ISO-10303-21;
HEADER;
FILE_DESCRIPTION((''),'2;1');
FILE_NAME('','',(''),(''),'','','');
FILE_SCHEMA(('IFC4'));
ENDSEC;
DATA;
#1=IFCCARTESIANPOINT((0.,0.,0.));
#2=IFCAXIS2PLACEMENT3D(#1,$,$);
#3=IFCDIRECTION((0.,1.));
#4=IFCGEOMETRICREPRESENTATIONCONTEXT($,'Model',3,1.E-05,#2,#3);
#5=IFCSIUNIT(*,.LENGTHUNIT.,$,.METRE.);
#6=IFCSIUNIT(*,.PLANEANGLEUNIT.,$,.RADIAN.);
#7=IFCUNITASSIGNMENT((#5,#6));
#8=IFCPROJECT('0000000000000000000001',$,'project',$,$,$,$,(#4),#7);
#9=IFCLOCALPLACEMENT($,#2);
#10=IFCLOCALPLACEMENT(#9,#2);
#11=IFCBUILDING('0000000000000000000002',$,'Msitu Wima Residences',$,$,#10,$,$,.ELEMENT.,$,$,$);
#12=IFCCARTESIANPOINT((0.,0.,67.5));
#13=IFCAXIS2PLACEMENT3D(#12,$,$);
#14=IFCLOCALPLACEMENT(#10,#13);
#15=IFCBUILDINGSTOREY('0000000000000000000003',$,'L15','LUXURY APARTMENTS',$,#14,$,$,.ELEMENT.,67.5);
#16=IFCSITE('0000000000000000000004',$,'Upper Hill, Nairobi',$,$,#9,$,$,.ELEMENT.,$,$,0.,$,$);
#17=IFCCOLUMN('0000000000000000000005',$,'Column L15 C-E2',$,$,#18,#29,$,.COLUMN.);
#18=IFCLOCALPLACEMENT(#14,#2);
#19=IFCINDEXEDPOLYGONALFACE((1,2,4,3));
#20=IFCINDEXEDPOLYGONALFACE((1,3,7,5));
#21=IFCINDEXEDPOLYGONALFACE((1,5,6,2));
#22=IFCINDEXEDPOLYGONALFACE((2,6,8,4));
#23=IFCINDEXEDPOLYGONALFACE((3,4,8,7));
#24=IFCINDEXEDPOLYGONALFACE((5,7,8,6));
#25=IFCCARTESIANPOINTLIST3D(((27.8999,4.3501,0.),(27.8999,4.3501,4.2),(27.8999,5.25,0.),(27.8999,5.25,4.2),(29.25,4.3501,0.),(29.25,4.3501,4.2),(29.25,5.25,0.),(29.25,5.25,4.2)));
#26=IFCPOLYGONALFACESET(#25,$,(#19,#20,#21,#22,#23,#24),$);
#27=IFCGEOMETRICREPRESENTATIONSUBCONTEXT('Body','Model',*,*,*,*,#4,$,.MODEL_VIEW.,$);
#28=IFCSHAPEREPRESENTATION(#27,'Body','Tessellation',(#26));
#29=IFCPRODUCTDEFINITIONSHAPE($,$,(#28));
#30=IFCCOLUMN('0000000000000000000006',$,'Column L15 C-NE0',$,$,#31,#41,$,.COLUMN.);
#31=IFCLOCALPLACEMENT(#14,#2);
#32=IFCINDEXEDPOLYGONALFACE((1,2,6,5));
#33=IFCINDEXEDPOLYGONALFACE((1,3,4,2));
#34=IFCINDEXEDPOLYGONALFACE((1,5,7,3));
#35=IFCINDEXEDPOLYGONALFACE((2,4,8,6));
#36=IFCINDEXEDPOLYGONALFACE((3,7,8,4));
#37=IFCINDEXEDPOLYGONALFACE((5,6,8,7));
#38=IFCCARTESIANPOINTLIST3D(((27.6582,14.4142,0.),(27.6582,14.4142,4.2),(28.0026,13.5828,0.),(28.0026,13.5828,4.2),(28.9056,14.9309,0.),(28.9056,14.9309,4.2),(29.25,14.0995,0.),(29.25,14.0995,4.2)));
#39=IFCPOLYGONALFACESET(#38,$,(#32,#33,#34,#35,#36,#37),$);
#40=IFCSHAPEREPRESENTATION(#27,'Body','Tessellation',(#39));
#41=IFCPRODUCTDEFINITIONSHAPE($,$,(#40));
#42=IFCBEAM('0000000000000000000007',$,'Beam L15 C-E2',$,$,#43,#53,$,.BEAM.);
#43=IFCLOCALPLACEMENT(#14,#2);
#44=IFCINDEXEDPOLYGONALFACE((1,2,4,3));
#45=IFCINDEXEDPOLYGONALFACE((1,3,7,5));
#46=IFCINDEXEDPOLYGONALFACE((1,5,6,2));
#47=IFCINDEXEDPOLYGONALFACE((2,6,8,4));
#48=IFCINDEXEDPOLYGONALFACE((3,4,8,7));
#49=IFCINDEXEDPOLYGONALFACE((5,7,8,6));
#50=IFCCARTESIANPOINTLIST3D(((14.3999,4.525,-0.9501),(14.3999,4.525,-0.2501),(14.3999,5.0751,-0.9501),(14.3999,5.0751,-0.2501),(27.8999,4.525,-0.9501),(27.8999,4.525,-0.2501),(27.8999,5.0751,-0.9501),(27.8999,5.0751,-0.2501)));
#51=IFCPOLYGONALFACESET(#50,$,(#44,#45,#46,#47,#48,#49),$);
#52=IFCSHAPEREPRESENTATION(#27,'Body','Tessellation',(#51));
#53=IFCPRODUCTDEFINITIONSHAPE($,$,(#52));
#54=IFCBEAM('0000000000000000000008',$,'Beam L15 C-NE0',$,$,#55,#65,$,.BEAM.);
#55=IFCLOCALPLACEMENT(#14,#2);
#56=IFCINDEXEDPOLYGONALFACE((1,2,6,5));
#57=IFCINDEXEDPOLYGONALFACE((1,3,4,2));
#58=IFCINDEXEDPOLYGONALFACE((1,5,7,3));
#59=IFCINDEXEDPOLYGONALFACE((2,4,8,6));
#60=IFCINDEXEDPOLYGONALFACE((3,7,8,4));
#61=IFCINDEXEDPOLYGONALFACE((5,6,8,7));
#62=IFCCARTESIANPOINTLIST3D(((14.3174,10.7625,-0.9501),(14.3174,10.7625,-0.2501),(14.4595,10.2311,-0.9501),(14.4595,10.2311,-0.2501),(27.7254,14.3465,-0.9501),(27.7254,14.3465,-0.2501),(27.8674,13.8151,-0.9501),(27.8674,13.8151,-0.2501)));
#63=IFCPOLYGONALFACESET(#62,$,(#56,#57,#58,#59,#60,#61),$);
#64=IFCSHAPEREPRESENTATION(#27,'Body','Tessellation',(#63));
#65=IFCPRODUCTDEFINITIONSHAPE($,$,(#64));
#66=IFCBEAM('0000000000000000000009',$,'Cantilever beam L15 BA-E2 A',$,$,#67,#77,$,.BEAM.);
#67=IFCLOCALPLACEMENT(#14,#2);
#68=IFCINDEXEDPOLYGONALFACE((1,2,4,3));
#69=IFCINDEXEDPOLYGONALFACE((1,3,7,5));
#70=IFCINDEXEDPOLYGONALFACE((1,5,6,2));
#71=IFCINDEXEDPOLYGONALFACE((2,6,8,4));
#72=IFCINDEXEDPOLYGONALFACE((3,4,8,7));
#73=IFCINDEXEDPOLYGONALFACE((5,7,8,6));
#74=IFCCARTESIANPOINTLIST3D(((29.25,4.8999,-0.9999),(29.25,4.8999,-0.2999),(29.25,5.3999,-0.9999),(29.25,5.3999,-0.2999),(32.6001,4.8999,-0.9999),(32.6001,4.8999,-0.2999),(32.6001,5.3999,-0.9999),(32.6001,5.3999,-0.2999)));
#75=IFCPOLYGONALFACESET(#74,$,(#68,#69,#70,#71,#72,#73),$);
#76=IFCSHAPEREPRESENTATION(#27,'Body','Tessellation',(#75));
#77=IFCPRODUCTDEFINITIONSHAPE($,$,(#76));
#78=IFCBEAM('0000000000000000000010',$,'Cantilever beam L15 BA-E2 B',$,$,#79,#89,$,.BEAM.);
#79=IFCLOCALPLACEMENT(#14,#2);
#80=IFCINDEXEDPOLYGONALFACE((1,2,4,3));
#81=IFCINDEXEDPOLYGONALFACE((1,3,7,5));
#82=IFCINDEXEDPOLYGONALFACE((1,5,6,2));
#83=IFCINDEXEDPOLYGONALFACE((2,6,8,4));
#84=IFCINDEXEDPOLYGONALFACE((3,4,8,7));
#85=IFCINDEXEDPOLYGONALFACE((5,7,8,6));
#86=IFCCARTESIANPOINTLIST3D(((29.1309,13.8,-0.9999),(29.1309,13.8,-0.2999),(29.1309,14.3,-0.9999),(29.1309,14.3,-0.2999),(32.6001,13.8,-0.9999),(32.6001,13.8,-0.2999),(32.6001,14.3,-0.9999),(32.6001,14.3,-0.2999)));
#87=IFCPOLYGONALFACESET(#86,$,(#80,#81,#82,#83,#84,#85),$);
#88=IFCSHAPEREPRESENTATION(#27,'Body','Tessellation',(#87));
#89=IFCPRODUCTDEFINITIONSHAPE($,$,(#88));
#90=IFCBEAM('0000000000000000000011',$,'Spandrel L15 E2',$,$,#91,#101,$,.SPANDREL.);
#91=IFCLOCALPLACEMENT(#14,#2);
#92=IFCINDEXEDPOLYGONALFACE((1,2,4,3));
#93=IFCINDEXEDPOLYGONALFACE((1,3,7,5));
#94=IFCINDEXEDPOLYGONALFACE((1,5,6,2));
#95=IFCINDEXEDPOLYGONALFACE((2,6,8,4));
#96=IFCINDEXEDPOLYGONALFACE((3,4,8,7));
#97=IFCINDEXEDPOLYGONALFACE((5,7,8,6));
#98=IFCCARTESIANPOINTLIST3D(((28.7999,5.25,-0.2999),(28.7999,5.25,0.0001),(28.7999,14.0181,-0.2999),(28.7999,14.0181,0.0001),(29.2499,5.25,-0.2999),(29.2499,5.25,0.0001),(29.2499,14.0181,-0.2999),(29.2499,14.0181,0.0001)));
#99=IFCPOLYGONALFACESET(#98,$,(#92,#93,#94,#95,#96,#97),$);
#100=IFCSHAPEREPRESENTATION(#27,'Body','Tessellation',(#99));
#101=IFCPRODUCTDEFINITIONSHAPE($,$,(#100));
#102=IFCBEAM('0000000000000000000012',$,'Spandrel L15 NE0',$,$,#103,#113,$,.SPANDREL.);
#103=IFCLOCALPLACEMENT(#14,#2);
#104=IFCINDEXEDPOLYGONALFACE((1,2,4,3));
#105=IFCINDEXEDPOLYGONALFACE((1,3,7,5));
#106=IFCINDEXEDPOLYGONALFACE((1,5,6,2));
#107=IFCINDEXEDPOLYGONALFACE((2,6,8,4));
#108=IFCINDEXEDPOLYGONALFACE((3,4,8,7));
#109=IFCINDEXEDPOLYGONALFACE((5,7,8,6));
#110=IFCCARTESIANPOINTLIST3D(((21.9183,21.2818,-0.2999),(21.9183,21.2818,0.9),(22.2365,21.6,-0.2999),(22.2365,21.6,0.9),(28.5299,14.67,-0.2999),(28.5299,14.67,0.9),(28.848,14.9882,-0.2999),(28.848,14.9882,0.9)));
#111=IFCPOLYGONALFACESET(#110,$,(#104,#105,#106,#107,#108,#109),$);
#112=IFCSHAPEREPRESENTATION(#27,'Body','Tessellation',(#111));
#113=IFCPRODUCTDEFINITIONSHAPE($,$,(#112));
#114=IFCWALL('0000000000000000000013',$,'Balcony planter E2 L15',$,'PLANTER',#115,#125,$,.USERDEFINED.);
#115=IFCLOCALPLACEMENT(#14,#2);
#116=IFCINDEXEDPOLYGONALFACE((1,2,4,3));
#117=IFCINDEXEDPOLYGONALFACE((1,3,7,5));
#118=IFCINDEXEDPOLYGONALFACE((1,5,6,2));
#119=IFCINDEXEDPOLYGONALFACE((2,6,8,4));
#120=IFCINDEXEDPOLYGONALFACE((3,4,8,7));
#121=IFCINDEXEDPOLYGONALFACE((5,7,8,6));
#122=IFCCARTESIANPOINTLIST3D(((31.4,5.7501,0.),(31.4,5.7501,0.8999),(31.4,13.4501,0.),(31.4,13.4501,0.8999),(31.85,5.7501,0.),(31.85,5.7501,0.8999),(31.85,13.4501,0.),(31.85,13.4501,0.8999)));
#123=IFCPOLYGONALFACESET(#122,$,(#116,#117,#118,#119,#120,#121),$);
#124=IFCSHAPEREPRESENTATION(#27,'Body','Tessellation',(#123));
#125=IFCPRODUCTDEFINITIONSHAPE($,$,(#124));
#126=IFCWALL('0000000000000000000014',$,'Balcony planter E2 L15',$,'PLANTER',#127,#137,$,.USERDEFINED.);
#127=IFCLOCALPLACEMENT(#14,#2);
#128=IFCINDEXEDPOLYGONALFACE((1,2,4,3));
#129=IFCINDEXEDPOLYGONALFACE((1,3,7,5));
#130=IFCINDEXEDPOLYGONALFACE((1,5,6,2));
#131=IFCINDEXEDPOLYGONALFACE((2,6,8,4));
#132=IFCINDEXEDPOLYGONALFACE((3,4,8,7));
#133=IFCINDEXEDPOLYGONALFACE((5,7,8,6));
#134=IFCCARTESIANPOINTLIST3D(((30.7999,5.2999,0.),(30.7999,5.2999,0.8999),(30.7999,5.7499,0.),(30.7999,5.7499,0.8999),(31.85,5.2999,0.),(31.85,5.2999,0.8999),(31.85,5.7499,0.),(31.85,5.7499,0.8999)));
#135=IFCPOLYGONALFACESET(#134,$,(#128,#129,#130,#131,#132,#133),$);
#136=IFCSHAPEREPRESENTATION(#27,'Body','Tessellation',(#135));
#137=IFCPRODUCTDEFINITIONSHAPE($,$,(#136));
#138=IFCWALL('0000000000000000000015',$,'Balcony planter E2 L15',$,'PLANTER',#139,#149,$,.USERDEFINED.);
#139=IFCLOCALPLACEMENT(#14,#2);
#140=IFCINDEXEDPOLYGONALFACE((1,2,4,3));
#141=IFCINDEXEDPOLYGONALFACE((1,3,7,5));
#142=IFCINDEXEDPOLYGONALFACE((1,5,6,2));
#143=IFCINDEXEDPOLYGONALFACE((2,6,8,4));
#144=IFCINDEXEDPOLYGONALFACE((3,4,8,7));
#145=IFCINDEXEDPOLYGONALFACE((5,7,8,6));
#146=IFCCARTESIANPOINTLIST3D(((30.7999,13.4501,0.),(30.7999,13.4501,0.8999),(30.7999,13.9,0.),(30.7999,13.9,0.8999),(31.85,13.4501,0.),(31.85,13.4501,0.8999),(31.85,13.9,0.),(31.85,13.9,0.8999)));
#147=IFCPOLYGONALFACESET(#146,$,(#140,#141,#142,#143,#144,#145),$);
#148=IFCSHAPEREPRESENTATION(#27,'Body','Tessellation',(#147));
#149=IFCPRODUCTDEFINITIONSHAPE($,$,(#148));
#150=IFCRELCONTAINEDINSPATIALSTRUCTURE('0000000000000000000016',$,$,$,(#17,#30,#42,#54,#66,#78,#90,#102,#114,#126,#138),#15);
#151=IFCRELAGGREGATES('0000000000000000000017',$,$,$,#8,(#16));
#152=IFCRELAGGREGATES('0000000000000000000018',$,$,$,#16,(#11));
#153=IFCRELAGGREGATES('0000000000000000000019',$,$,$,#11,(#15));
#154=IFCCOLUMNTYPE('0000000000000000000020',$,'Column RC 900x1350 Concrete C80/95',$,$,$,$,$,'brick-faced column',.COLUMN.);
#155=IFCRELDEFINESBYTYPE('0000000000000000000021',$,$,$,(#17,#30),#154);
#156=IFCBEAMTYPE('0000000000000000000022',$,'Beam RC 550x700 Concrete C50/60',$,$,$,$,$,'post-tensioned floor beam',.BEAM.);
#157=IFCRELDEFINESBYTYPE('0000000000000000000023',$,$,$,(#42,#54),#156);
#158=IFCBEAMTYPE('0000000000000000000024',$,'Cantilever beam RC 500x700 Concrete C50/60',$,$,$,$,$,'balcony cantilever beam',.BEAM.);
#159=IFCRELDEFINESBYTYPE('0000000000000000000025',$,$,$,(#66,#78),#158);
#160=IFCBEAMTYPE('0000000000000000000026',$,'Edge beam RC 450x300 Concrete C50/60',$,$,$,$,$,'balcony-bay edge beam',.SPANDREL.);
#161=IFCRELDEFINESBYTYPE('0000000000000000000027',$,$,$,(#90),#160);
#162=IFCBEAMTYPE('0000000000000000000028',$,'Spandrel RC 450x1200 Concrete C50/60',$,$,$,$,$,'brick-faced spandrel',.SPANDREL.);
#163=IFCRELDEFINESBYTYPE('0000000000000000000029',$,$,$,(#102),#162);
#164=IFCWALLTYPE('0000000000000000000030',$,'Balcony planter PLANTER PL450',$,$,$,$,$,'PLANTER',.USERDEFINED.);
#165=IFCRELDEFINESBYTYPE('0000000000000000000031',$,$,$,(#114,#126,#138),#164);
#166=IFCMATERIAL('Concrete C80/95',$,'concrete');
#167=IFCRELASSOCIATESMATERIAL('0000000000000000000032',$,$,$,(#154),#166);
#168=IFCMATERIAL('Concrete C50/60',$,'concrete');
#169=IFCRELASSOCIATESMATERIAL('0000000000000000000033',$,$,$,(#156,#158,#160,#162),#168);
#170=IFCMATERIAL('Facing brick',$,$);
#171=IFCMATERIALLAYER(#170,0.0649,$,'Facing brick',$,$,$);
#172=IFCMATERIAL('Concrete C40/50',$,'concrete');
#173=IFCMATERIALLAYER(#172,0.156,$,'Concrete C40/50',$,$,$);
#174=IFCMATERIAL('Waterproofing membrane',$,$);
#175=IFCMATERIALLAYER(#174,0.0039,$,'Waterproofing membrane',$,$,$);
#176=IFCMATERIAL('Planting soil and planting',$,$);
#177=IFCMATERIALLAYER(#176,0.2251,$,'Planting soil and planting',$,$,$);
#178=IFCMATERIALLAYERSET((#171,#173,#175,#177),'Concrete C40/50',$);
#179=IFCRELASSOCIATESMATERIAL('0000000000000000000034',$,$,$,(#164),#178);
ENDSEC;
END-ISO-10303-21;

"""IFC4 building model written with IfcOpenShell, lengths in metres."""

from ifc_helpers import new_model, si_unit, direction, frame, frame_2d, origin, origin_2d, place, context, subcontext, project, spatial, rectangle, extrude, material, layer, layer_set, material_profile, profile_set, type_object, element, save


model = new_model("IFC4")

# Units and contexts
model_context = context("Model", 3, precision=1e-05, world=origin(), true_north=direction((0.0, 1.0)))
body_context = subcontext(model_context, "Body", "Model", "MODEL_VIEW")
ifc_project = project(units=[si_unit("LENGTHUNIT", "METRE"), si_unit("PLANEANGLEUNIT", "RADIAN")], contexts=[model_context])

# Site, building, storey
site_placement = place(None, origin())
site = spatial("IfcSite", under=ifc_project, at=site_placement, Name="Upper Hill, Nairobi", CompositionType="ELEMENT", RefElevation=0.0)
building_placement = place(site_placement, origin())
building = spatial("IfcBuilding", under=site, at=building_placement, Name="Msitu Wima Residences", CompositionType="ELEMENT")
storey_placement = place(building_placement, frame((0.0, 0.0, 67.5)))
storey = spatial("IfcBuildingStorey", under=building, at=storey_placement, Name="L15", Description="LUXURY APARTMENTS", CompositionType="ELEMENT", Elevation=67.5)

# Columns
ifc_material_1 = material(Name="Concrete C80/95", Category="concrete")
ifc_material_profile_1 = material_profile(ifc_material_1, rectangle(XDim=0.8999, YDim=1.3501, at=origin_2d()), Name="RC 900x1350")
ifc_profile_set_1 = profile_set([ifc_material_profile_1], Name="Concrete C80/95")
column_type = type_object("IfcColumnType", Name="Column RC 900x1350 Concrete C80/95", ElementType="brick-faced column", PredefinedType="COLUMN", material=ifc_profile_set_1)
for number, where, z_axis, x_axis, name in (
    (1, (28.575, 4.8, 0.0), (0.0, 0.0, 1.0), (0.0, 1.0, 0.0), "Column L15 C-E2"),
    (2, (28.4541, 14.2568, 0.0), (0.0, 0.0, 1.0), (-0.382683, 0.92388, 0.0), "Column L15 C-NE0"),
):
    element("IfcColumn", number, at=place(storey_placement, frame(where, z_axis=z_axis, x_axis=x_axis)), inside=storey, type_object=column_type, Name=name, PredefinedType="COLUMN", context=body_context, shape_type="SweptSolid", body=[
        extrude(rectangle(XDim=0.8999, YDim=1.3501, at=origin_2d()), origin(), (0.0, 0.0, 1.0), 4.2),
    ])

# Beams
ifc_material_2 = material(Name="Concrete C50/60", Category="concrete")
ifc_material_profile_2 = material_profile(ifc_material_2, rectangle(XDim=0.55, YDim=0.7, at=origin_2d()), Name="RC 550x700")
ifc_profile_set_2 = profile_set([ifc_material_profile_2], Name="Concrete C50/60")
beam_type_1 = type_object("IfcBeamType", Name="Beam RC 550x700 Concrete C50/60", ElementType="post-tensioned floor beam", PredefinedType="BEAM", material=ifc_profile_set_2)
beam_1_placement = place(storey_placement, frame((27.8999, 4.8, -0.6001), z_axis=(-1.0, 0.0, 0.0), x_axis=(0.0, -1.0, 0.0)))
element("IfcBeam", 3, at=beam_1_placement, inside=storey, type_object=beam_type_1, Name="Beam L15 C-E2", PredefinedType="BEAM", context=body_context, shape_type="SweptSolid", body=[
    extrude(rectangle(XDim=0.55, YDim=0.7, at=origin_2d()), origin(), (0.0, 0.0, 1.0), 13.5),
])
beam_2_placement = place(storey_placement, frame((27.7964, 14.0808, -0.6001), z_axis=(-0.966082, -0.258236, 0.0), x_axis=(0.258236, -0.966082, 0.0)))
element("IfcBeam", 4, at=beam_2_placement, inside=storey, type_object=beam_type_1, Name="Beam L15 C-NE0", PredefinedType="BEAM", context=body_context, shape_type="SweptSolid", body=[
    extrude(rectangle(XDim=0.55, YDim=0.7, at=origin_2d()), origin(), (0.0, 0.0, 1.0), 13.8787),
])
ifc_material_profile_3 = material_profile(ifc_material_2, rectangle(XDim=0.5, YDim=0.7, at=origin_2d()), Name="RC 500x700")
ifc_profile_set_3 = profile_set([ifc_material_profile_3], Name="Concrete C50/60")
beam_type_2 = type_object("IfcBeamType", Name="Cantilever beam RC 500x700 Concrete C50/60", ElementType="balcony cantilever beam", PredefinedType="BEAM", material=ifc_profile_set_3)
beam_3_placement = place(storey_placement, frame((29.25, 5.1499, -0.6499), z_axis=(1.0, 0.0, 0.0), x_axis=(0.0, 1.0, 0.0)))
element("IfcBeam", 5, at=beam_3_placement, inside=storey, type_object=beam_type_2, Name="Cantilever beam L15 BA-E2 A", PredefinedType="BEAM", context=body_context, shape_type="SweptSolid", body=[
    extrude(rectangle(XDim=0.5, YDim=0.7, at=origin_2d()), origin(), (0.0, 0.0, 1.0), 3.3501),
])
beam_4_placement = place(storey_placement, frame((29.1309, 14.05, -0.6499), z_axis=(1.0, 0.0, 0.0), x_axis=(0.0, 1.0, 0.0)))
element("IfcBeam", 6, at=beam_4_placement, inside=storey, type_object=beam_type_2, Name="Cantilever beam L15 BA-E2 B", PredefinedType="BEAM", context=body_context, shape_type="SweptSolid", body=[
    extrude(rectangle(XDim=0.5, YDim=0.7, at=origin_2d()), origin(), (0.0, 0.0, 1.0), 3.4692),
])
ifc_material_profile_4 = material_profile(ifc_material_2, rectangle(XDim=0.45, YDim=0.3, at=origin_2d()), Name="RC 450x300")
ifc_profile_set_4 = profile_set([ifc_material_profile_4], Name="Concrete C50/60")
beam_type_3 = type_object("IfcBeamType", Name="Edge beam RC 450x300 Concrete C50/60", ElementType="balcony-bay edge beam", PredefinedType="SPANDREL", material=ifc_profile_set_4)
beam_5_placement = place(storey_placement, frame((29.0249, 5.25, -0.1499), z_axis=(0.0, 1.0, 0.0), x_axis=(-1.0, 0.0, 0.0)))
element("IfcBeam", 7, at=beam_5_placement, inside=storey, type_object=beam_type_3, Name="Spandrel L15 E2", PredefinedType="SPANDREL", context=body_context, shape_type="SweptSolid", body=[
    extrude(rectangle(XDim=0.45, YDim=0.3, at=origin_2d()), origin(), (0.0, 0.0, 1.0), 8.7681),
])
ifc_material_profile_5 = material_profile(ifc_material_2, rectangle(XDim=0.45, YDim=1.2, at=origin_2d()), Name="RC 450x1200")
ifc_profile_set_5 = profile_set([ifc_material_profile_5], Name="Concrete C50/60")
beam_type_4 = type_object("IfcBeamType", Name="Spandrel RC 450x1200 Concrete C50/60", ElementType="brick-faced spandrel", PredefinedType="SPANDREL", material=ifc_profile_set_5)
beam_6_placement = place(storey_placement, frame((28.689, 14.8291, 0.3), z_axis=(-0.707094, 0.70712, 0.0), x_axis=(-0.70712, -0.707094, 0.0)))
element("IfcBeam", 8, at=beam_6_placement, inside=storey, type_object=beam_type_4, Name="Spandrel L15 NE0", PredefinedType="SPANDREL", context=body_context, shape_type="SweptSolid", body=[
    extrude(rectangle(XDim=0.45, YDim=1.2, at=origin_2d()), origin(), (0.0, 0.0, 1.0), 9.3503),
])

# Walls
ifc_material_3 = material(Name="Facing brick")
ifc_layer_1 = layer(ifc_material_3, 0.0649, Name="Facing brick")
ifc_material_4 = material(Name="Concrete C40/50", Category="concrete")
ifc_layer_2 = layer(ifc_material_4, 0.156, Name="Concrete C40/50")
ifc_material_5 = material(Name="Waterproofing membrane")
ifc_layer_3 = layer(ifc_material_5, 0.0039, Name="Waterproofing membrane")
ifc_material_6 = material(Name="Planting soil and planting")
ifc_layer_4 = layer(ifc_material_6, 0.2251, Name="Planting soil and planting")
ifc_layer_set_1 = layer_set([ifc_layer_1, ifc_layer_2, ifc_layer_3, ifc_layer_4], Name="Concrete C40/50")
wall_type_1 = type_object("IfcWallType", Name="Balcony planter PLANTER PL450", ElementType="PLANTER", PredefinedType="USERDEFINED", material=ifc_layer_set_1)
wall_1_placement = place(storey_placement, frame((31.625, 5.75, 0.0), z_axis=(0.0, 0.0, 1.0), x_axis=(0.0, 1.0, 0.0)))
element("IfcWall", 9, at=wall_1_placement, inside=storey, type_object=wall_type_1, Name="Balcony planter E2 L15", ObjectType="PLANTER", PredefinedType="USERDEFINED", context=body_context, shape_type="SweptSolid", body=[
    extrude(rectangle(XDim=7.7, YDim=0.45, at=frame_2d((3.8501, 0.0))), origin(), (0.0, 0.0, 1.0), 0.8999),
])
for number, where, z_axis, x_axis, name in (
    (10, (30.8, 5.5249, 0.0), (0.0, 0.0, 1.0), (1.0, 0.0, 0.0), "Balcony planter E2 L15"),
    (11, (30.8, 13.675, 0.0), (0.0, 0.0, 1.0), (1.0, 0.0, 0.0), "Balcony planter E2 L15"),
):
    element("IfcWall", number, at=place(storey_placement, frame(where, z_axis=z_axis, x_axis=x_axis)), inside=storey, type_object=wall_type_1, Name=name, ObjectType="PLANTER", PredefinedType="USERDEFINED", context=body_context, shape_type="SweptSolid", body=[
        extrude(rectangle(XDim=1.05, YDim=0.45, at=frame_2d((0.5249, 0.0))), origin(), (0.0, 0.0, 1.0), 0.8999),
    ])

save(model, "model.ifc")
